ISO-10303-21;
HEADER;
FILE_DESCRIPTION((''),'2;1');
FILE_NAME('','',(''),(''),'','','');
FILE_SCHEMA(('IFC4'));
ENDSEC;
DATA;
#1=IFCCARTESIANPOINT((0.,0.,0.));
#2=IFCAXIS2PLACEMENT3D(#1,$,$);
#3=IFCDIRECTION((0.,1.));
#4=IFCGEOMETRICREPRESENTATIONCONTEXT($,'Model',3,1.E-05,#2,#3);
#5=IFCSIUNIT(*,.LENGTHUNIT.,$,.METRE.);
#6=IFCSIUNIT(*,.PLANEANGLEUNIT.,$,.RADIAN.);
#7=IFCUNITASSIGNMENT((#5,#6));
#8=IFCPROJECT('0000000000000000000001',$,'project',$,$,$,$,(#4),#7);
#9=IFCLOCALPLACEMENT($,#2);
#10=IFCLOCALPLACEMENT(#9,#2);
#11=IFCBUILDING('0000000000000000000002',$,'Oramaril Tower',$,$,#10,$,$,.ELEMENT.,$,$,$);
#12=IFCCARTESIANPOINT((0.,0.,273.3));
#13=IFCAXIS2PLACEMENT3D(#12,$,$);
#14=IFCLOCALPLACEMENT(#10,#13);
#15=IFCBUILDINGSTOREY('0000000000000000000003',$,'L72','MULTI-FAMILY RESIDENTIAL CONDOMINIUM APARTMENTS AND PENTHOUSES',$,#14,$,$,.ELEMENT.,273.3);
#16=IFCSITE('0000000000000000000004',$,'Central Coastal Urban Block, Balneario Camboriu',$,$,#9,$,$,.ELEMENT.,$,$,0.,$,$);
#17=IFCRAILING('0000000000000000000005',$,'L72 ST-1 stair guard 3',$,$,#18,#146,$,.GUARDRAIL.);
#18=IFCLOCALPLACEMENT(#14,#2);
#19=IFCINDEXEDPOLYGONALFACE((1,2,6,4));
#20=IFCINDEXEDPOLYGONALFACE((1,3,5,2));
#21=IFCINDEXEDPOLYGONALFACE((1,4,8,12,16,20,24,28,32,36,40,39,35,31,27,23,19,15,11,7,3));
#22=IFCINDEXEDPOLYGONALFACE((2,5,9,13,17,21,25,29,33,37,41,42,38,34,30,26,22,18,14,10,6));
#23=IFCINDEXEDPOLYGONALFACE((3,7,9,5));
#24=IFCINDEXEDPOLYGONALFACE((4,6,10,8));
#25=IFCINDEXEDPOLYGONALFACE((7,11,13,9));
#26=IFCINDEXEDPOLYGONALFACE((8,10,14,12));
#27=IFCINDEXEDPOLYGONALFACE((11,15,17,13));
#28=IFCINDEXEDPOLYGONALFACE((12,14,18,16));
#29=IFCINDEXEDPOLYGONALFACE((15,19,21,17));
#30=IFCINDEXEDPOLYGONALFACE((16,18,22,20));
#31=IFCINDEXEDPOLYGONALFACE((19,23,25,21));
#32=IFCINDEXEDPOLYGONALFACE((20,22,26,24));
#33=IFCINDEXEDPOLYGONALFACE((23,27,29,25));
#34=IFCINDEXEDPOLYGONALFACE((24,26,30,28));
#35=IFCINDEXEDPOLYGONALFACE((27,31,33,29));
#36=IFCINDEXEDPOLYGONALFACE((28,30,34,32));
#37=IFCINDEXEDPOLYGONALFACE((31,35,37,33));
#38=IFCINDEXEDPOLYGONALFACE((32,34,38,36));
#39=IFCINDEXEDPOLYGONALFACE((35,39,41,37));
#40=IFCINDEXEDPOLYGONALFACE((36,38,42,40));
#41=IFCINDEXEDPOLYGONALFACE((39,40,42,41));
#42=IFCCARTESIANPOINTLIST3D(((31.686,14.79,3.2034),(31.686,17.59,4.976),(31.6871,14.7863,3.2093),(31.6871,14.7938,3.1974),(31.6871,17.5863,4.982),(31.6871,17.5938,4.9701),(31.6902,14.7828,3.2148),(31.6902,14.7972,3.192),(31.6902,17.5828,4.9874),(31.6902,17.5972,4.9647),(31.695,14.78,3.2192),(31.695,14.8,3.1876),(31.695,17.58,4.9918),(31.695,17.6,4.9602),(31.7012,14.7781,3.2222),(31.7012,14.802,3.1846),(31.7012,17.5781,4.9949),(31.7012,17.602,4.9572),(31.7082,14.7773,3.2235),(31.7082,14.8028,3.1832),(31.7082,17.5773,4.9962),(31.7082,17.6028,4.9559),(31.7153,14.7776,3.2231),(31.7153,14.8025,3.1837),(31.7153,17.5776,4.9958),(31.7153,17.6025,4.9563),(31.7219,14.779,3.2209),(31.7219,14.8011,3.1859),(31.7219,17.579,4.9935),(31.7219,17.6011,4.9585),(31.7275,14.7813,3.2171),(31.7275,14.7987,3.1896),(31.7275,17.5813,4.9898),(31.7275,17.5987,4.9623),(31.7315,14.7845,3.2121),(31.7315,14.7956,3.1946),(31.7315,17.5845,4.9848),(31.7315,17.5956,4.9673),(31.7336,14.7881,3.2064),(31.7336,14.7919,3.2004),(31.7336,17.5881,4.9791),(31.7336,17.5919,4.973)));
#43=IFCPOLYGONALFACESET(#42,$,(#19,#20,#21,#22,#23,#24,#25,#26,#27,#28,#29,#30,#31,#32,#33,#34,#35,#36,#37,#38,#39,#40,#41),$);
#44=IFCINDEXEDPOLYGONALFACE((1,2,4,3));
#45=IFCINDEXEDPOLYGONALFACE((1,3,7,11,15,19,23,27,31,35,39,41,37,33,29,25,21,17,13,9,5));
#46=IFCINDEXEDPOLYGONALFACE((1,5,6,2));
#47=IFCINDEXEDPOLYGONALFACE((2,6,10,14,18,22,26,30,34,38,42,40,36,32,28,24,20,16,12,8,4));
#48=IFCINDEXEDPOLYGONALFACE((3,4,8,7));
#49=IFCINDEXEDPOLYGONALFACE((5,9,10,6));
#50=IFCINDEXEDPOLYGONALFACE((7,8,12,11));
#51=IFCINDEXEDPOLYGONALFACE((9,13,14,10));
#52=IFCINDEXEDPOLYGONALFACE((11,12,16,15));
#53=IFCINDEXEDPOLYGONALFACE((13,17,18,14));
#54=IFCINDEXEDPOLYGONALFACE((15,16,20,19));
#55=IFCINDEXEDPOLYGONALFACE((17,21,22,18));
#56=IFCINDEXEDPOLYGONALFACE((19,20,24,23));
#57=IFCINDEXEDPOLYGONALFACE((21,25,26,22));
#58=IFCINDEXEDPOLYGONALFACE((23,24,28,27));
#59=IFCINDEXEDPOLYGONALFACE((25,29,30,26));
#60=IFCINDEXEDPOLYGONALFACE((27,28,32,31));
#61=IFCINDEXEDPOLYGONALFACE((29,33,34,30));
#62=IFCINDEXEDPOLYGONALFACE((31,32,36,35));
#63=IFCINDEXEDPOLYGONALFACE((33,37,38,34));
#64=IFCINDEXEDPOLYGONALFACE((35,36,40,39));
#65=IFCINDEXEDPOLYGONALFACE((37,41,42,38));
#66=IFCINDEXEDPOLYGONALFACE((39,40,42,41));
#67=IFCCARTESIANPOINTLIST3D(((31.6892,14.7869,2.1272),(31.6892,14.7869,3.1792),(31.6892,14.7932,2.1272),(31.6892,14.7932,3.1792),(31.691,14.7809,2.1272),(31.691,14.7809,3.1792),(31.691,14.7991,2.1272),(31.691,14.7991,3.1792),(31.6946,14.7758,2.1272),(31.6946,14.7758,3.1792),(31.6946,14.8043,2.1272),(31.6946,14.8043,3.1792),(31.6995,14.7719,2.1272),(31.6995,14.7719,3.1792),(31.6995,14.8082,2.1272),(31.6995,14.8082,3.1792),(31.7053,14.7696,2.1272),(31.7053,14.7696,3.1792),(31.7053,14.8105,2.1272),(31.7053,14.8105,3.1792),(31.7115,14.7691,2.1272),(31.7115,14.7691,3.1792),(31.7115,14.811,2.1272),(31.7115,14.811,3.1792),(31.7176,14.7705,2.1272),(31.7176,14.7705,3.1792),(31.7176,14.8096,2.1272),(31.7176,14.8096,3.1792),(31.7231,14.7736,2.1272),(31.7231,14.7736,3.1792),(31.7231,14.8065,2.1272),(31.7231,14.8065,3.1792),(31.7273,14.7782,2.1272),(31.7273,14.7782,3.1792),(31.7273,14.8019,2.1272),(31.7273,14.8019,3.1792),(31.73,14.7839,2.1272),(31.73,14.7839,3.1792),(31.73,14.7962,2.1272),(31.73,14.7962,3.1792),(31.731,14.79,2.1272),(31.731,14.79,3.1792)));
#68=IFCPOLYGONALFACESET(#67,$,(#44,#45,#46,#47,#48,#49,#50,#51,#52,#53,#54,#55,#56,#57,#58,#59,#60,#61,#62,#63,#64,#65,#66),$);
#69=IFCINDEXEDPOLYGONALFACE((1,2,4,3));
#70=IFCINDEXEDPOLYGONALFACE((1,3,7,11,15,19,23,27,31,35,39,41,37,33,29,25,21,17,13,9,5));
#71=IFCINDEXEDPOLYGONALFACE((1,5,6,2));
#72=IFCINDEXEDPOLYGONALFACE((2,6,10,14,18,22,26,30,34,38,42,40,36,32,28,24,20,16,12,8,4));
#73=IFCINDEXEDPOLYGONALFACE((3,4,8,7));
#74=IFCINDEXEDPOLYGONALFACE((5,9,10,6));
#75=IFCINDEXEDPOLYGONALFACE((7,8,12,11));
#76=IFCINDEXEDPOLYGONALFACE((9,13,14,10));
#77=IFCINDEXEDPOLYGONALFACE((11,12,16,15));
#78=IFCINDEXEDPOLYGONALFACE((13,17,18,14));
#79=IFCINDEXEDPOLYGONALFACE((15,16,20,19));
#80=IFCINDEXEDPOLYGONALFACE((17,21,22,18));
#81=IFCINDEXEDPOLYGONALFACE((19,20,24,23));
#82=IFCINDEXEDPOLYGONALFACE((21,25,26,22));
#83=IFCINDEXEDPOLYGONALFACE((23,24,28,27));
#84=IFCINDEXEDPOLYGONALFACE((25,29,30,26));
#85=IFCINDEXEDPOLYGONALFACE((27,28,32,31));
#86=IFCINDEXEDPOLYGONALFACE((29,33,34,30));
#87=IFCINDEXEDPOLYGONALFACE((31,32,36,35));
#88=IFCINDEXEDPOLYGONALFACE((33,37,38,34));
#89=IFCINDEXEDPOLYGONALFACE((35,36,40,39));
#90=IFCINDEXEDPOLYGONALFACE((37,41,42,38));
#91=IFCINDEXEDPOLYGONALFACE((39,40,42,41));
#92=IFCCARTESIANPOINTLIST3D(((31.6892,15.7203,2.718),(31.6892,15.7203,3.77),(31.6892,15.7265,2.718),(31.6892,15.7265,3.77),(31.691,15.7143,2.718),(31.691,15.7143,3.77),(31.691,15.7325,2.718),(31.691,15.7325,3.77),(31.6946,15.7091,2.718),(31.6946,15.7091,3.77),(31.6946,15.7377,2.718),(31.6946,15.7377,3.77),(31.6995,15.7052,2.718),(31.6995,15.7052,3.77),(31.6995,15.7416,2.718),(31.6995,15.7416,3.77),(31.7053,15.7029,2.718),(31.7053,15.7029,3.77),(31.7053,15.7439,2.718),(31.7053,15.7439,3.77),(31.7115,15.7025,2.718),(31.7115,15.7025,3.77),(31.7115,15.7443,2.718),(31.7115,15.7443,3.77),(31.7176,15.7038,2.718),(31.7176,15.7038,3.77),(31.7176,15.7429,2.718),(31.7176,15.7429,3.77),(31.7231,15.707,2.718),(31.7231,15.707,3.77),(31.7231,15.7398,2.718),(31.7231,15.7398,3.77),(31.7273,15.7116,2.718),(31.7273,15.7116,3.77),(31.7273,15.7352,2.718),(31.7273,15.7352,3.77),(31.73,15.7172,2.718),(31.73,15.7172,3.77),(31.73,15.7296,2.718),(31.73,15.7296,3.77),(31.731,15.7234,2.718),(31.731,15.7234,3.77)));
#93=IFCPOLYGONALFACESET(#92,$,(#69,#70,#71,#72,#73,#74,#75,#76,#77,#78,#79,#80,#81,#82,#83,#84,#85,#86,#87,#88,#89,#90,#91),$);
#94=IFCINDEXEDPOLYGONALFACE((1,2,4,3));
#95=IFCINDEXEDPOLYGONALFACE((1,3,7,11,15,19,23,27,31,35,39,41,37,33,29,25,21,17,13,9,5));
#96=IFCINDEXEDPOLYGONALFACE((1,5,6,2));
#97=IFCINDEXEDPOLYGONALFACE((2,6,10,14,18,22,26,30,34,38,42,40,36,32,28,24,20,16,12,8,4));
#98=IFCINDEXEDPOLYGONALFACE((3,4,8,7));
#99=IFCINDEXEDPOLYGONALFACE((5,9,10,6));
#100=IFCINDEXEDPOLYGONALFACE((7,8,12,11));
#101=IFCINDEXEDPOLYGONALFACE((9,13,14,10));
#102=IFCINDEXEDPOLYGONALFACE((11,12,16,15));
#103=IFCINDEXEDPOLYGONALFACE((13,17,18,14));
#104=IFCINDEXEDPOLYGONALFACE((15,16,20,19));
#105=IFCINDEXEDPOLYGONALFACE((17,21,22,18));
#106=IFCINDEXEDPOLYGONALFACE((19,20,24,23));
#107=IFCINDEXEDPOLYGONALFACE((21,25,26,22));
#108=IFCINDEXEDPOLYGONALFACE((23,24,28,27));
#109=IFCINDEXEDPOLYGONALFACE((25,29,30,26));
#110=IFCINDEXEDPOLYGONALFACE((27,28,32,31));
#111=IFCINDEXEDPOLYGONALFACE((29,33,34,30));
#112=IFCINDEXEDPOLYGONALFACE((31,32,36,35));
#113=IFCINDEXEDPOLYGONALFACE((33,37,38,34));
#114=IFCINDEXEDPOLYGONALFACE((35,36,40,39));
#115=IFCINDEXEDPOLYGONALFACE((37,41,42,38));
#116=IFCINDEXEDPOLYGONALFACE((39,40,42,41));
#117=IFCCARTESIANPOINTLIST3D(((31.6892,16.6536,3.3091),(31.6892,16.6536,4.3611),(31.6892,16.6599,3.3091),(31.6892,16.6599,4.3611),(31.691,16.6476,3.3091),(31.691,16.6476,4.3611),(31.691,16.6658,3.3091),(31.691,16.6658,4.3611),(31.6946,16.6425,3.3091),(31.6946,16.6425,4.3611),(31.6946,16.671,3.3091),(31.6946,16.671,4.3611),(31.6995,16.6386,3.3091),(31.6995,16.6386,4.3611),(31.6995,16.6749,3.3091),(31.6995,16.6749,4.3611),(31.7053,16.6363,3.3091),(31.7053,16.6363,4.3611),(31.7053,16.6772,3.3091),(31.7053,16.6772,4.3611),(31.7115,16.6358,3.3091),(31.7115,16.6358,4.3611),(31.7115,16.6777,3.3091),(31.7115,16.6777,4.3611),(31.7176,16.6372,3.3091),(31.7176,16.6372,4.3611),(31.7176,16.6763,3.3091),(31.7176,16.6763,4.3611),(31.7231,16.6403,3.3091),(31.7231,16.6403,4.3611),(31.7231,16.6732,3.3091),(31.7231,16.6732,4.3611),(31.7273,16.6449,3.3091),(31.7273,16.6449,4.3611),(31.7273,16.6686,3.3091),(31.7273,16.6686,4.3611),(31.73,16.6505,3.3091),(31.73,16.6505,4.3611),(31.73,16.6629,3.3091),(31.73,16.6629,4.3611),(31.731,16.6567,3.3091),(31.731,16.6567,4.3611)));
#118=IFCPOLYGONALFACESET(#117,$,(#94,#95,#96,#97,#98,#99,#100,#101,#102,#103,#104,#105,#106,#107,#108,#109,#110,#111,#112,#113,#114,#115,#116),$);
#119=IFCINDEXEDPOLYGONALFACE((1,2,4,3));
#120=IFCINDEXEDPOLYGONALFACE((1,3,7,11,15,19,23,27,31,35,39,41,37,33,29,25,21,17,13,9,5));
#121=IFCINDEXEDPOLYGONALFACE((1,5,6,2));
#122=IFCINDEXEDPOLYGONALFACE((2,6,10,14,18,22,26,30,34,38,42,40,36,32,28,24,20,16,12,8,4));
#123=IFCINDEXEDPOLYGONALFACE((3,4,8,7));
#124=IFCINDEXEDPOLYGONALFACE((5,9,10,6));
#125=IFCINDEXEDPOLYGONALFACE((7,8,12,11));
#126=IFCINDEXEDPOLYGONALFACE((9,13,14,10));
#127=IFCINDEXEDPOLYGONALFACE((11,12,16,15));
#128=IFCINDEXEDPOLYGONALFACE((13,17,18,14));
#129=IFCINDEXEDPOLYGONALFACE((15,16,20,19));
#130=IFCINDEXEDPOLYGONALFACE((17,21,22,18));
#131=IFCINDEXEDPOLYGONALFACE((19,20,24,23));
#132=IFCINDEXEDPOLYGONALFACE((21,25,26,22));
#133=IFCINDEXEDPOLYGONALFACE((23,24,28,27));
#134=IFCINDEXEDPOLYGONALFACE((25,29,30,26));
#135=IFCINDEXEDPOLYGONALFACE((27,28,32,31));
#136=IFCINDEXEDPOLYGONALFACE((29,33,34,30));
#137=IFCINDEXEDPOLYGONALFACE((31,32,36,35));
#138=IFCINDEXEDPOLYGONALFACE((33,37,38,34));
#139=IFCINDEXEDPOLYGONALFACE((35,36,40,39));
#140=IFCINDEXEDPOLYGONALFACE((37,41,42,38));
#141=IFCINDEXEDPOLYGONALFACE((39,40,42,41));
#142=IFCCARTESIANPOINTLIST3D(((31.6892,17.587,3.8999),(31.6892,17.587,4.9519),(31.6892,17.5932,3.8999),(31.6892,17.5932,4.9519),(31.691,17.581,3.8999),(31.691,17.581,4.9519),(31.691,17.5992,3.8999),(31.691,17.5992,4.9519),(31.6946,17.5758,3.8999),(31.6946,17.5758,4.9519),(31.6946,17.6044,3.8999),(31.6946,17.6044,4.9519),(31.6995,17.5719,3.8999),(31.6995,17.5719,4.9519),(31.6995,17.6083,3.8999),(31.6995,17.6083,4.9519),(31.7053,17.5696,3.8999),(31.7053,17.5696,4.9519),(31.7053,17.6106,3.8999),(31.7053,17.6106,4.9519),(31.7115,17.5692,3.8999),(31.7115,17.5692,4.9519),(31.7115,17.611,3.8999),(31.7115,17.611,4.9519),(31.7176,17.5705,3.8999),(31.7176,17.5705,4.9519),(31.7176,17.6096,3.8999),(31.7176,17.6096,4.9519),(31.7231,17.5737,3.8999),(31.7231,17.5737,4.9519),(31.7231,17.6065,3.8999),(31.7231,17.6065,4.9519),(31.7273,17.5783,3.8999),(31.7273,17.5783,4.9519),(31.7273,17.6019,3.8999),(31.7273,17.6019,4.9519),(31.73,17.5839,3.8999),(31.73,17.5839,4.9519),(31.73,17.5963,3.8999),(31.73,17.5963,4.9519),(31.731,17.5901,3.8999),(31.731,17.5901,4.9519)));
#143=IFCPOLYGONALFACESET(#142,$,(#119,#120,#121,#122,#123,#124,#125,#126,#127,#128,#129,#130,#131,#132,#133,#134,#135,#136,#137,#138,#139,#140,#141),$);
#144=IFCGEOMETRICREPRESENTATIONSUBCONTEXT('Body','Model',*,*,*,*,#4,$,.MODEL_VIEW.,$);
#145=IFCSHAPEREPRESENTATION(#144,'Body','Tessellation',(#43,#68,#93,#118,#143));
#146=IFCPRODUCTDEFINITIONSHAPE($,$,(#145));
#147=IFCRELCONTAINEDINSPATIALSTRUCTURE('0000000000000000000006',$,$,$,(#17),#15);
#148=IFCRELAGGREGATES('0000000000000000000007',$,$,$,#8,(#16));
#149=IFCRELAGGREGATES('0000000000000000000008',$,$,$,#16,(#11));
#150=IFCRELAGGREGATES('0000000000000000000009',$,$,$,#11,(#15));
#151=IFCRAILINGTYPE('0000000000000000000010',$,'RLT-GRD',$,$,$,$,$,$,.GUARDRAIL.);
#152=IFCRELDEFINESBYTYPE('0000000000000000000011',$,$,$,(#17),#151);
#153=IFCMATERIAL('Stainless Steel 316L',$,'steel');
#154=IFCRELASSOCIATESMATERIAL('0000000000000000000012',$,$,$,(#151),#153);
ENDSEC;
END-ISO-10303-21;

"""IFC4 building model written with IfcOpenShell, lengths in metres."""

from ifc_helpers import new_model, si_unit, direction, frame, origin, origin_2d, place, context, subcontext, project, spatial, circle, extrude, material, type_object, element, save


model = new_model("IFC4")

# Units and contexts
model_context = context("Model", 3, precision=1e-05, world=origin(), true_north=direction((0.0, 1.0)))
body_context = subcontext(model_context, "Body", "Model", "MODEL_VIEW")
ifc_project = project(units=[si_unit("LENGTHUNIT", "METRE"), si_unit("PLANEANGLEUNIT", "RADIAN")], contexts=[model_context])

# Site, building, storey
site_placement = place(None, origin())
site = spatial("IfcSite", under=ifc_project, at=site_placement, Name="Central Coastal Urban Block, Balneario Camboriu", CompositionType="ELEMENT", RefElevation=0.0)
building_placement = place(site_placement, origin())
building = spatial("IfcBuilding", under=site, at=building_placement, Name="Oramaril Tower", CompositionType="ELEMENT")
storey_placement = place(building_placement, frame((0.0, 0.0, 273.3)))
storey = spatial("IfcBuildingStorey", under=building, at=storey_placement, Name="L72", Description="MULTI-FAMILY RESIDENTIAL CONDOMINIUM APARTMENTS AND PENTHOUSES", CompositionType="ELEMENT", Elevation=273.3)

# Railing
ifc_material_1 = material(Name="Stainless Steel 316L", Category="steel")
railing_type_1 = type_object("IfcRailingType", Name="RLT-GRD", PredefinedType="GUARDRAIL", material=ifc_material_1)
railing_1_placement = place(storey_placement, frame((31.71, 14.79, 2.1272)))
element("IfcRailing", 1, at=railing_1_placement, inside=storey, type_object=railing_type_1, Name="L72 ST-1 stair guard 3", PredefinedType="GUARDRAIL", context=body_context, shape_type="SweptSolid", body=[
    extrude(circle(Radius=0.0239, at=origin_2d()), frame((0.0, 0.0, 1.0762), z_axis=(0.0, 0.844909, 0.53491), x_axis=(-1.0, 0.0, 0.0)), (0.0, 0.0, 1.0), 3.314),
    extrude(circle(Radius=0.021, at=origin_2d()), origin(), (0.0, 0.0, 1.0), 1.052),
    extrude(circle(Radius=0.021, at=origin_2d()), frame((0.0, 0.9333, 0.5908)), (0.0, 0.0, 1.0), 1.052),
    extrude(circle(Radius=0.021, at=origin_2d()), frame((0.0, 1.8667, 1.1819)), (0.0, 0.0, 1.0), 1.052),
    extrude(circle(Radius=0.021, at=origin_2d()), frame((0.0, 2.8, 1.7727)), (0.0, 0.0, 1.0), 1.052),
])

save(model, "model.ifc")
